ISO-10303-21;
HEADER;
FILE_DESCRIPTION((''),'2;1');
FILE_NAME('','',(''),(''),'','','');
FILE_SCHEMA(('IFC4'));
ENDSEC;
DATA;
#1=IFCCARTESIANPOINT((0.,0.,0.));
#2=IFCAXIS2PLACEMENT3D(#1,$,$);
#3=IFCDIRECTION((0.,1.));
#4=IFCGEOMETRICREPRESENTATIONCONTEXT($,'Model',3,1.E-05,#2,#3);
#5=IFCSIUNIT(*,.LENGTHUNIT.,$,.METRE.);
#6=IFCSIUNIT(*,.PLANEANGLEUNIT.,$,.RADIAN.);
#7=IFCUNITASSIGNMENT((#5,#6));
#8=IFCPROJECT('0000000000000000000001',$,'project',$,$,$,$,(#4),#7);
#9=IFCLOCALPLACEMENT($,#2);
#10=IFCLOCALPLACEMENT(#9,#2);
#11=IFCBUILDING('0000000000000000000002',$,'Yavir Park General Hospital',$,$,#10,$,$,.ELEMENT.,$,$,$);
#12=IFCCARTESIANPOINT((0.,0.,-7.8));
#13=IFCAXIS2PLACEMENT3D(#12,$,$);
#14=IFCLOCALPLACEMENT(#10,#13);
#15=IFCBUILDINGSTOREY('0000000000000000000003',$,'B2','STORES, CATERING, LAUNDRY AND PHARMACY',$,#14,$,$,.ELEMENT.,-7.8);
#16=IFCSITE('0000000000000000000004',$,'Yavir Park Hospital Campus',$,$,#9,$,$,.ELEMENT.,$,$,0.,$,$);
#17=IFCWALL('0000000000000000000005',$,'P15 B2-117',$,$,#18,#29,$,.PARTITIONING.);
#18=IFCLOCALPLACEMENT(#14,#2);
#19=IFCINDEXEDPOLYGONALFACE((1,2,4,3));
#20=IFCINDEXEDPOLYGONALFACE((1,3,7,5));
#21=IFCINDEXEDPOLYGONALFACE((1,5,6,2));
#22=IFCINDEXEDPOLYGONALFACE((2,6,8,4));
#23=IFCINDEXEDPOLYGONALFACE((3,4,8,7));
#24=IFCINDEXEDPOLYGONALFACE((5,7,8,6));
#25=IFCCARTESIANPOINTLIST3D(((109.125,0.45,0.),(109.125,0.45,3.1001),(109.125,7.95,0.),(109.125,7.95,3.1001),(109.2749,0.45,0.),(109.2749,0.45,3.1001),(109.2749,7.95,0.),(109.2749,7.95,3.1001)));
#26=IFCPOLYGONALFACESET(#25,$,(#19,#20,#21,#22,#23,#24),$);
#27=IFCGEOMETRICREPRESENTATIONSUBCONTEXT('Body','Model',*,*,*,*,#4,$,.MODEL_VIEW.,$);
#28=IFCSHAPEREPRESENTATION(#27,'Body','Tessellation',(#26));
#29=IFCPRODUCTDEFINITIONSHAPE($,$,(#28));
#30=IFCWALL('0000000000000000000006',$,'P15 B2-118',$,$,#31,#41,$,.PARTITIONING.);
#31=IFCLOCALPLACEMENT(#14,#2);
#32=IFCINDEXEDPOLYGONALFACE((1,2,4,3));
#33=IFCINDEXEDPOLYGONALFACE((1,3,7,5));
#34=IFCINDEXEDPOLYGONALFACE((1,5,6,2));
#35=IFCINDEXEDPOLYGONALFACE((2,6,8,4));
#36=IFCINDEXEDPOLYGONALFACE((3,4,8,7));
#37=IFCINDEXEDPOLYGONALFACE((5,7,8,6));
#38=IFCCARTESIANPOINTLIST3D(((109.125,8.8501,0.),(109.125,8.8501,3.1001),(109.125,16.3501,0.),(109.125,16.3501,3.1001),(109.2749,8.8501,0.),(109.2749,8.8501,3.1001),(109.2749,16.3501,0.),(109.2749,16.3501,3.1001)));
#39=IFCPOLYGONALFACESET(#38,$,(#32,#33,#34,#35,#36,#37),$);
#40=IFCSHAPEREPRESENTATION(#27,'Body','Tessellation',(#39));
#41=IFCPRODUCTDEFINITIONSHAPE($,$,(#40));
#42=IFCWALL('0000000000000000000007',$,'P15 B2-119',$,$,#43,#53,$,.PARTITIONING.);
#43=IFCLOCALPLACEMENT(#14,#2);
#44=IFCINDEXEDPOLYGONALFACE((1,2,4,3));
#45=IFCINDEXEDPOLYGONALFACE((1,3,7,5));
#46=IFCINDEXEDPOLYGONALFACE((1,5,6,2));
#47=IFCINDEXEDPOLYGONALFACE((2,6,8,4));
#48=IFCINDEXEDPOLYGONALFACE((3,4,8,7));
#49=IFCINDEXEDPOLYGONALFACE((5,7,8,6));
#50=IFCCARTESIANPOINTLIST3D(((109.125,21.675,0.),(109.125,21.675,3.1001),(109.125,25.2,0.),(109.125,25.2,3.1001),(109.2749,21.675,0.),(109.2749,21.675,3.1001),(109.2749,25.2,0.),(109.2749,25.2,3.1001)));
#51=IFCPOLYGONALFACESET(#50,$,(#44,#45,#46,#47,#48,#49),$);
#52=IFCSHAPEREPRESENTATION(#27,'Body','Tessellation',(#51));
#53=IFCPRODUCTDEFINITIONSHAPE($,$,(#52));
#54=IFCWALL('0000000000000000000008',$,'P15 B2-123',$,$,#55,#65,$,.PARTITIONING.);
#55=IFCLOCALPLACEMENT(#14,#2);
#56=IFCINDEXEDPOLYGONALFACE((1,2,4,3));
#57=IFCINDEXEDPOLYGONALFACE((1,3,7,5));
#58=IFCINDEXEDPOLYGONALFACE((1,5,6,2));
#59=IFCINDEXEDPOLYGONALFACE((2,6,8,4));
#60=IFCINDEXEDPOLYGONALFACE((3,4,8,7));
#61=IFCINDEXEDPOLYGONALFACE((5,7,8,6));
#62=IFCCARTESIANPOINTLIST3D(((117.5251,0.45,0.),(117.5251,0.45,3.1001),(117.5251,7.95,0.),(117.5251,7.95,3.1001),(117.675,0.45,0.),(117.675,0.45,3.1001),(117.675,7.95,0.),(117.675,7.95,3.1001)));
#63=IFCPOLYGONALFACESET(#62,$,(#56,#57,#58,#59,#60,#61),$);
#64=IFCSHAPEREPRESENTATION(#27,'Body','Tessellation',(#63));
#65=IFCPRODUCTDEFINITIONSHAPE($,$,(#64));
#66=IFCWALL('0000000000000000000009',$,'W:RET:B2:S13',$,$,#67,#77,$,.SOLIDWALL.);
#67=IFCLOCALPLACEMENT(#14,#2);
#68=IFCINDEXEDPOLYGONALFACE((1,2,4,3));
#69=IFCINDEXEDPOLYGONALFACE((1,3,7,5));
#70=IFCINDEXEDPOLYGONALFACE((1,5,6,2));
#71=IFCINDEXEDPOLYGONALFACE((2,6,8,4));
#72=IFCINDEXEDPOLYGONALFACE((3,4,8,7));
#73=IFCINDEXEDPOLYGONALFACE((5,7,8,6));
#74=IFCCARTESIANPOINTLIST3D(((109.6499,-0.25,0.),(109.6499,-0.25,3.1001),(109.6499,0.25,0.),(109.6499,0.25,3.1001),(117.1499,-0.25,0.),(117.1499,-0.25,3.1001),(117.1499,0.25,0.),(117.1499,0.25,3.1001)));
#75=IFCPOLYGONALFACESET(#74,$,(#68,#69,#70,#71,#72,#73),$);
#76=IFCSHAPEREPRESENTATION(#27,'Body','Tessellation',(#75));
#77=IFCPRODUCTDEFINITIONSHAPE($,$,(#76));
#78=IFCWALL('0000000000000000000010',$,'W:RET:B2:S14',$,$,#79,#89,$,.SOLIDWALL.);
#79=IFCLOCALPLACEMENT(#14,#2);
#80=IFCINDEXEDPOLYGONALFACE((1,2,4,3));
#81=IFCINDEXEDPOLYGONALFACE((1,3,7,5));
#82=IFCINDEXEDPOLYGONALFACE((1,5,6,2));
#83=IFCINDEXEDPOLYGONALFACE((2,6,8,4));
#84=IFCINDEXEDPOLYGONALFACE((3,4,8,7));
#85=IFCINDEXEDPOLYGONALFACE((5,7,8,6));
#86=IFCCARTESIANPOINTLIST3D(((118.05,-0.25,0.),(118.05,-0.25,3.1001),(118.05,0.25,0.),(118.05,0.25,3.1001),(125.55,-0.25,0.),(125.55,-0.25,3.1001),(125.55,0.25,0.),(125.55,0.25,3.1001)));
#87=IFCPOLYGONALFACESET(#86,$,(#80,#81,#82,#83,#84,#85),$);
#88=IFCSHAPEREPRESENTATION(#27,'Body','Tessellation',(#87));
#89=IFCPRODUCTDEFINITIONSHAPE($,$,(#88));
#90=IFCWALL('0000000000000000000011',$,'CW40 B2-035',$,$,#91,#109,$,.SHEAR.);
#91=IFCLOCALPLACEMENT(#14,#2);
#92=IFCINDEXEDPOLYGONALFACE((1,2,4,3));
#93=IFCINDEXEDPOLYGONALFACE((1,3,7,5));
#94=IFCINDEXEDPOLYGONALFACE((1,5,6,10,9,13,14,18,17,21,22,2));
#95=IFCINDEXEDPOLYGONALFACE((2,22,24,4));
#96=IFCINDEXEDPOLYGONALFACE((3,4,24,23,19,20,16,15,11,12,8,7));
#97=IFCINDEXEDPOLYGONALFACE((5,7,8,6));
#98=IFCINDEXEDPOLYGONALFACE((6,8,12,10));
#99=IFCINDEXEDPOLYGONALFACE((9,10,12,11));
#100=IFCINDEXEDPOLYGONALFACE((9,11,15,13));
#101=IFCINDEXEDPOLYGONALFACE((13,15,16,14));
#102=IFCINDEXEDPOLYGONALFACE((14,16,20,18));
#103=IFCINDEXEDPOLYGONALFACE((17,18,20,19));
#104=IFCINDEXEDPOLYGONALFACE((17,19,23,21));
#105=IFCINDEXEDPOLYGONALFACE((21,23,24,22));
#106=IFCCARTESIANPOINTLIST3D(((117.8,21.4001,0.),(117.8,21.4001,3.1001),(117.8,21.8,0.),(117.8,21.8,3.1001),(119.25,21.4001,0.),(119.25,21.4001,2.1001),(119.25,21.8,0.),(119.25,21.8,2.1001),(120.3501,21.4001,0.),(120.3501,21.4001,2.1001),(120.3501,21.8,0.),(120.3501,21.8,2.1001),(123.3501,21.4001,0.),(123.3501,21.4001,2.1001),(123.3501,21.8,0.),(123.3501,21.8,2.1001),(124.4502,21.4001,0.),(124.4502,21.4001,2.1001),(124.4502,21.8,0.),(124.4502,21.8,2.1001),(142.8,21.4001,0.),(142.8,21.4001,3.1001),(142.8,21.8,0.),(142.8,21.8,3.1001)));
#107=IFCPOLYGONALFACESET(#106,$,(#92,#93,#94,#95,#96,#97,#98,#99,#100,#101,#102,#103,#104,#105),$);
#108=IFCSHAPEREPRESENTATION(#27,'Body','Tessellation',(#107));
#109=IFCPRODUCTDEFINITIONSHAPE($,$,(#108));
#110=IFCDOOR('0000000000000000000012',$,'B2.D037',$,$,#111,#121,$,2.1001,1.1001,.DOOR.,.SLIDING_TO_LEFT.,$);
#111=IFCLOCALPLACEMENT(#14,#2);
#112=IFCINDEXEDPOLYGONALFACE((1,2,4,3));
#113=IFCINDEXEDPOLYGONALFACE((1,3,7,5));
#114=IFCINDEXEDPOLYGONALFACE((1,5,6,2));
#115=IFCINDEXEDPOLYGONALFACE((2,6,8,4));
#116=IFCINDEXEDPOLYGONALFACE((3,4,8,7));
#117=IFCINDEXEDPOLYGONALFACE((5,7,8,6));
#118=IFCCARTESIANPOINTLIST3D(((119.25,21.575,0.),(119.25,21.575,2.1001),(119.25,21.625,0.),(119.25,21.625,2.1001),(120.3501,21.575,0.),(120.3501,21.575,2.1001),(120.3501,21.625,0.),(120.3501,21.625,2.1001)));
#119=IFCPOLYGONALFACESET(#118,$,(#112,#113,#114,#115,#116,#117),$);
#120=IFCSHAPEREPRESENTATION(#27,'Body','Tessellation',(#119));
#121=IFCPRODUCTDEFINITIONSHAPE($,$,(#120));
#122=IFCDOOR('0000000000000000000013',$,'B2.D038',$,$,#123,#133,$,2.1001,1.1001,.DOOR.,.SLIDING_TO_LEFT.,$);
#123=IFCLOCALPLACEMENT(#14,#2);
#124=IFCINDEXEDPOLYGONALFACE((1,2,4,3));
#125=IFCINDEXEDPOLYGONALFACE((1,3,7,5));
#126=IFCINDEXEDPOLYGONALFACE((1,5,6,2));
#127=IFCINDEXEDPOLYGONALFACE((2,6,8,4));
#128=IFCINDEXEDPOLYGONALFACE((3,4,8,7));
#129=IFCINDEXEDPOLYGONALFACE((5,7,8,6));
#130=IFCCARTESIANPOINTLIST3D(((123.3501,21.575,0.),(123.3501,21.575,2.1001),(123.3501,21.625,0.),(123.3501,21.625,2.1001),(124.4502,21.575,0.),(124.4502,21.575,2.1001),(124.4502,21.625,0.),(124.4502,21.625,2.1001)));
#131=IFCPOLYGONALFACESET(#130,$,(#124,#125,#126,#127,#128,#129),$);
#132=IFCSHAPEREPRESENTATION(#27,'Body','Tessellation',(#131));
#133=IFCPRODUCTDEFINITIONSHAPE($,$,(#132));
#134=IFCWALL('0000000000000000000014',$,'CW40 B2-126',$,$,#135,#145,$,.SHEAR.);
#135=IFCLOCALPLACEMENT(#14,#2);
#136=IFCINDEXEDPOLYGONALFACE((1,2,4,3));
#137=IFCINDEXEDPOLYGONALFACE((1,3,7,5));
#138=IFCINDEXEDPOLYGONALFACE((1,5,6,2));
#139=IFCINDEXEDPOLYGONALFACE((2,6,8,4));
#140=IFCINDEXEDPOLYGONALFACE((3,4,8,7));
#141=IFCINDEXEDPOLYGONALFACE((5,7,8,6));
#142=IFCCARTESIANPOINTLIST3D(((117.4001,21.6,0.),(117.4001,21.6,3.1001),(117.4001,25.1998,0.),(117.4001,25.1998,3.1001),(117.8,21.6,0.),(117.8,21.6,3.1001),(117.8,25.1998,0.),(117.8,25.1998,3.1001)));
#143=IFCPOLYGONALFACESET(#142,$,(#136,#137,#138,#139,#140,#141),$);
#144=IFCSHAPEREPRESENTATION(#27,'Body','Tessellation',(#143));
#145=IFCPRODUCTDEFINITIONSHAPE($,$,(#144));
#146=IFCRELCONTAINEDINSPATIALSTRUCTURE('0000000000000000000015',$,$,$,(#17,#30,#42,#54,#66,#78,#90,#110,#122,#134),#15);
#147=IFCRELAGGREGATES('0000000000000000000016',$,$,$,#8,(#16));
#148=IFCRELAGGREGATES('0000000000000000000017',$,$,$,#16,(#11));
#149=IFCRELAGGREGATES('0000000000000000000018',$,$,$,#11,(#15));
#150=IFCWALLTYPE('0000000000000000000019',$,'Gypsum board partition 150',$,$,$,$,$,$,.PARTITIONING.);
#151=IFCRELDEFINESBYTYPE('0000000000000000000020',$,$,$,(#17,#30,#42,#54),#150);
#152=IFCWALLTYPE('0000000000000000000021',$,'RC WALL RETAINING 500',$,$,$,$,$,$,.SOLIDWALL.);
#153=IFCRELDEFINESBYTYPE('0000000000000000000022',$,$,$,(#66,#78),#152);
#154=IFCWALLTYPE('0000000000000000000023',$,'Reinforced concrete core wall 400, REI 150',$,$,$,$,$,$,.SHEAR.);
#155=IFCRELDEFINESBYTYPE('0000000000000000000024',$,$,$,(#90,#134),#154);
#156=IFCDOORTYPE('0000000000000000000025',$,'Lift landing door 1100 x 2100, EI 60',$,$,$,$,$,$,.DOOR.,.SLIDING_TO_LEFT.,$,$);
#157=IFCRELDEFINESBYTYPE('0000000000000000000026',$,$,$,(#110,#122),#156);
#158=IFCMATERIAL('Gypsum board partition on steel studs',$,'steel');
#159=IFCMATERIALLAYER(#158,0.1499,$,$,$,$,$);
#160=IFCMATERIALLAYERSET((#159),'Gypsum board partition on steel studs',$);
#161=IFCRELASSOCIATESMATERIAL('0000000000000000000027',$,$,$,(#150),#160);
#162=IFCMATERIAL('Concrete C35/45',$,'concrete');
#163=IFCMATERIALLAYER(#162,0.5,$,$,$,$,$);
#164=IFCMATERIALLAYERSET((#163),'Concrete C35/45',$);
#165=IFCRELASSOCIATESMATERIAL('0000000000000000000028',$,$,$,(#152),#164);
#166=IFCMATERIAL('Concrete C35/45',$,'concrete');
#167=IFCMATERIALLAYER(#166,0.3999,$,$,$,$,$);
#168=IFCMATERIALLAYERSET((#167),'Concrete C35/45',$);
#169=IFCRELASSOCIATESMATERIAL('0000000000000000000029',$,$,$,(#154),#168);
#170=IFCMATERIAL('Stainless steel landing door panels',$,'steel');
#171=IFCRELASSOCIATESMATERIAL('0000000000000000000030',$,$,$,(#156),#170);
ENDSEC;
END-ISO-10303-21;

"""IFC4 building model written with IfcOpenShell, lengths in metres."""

from ifc_helpers import new_model, si_unit, direction, frame, frame_2d, origin, place, context, subcontext, project, spatial, rectangle, extrude, material, layer, layer_set, type_object, element, fill, save


model = new_model("IFC4")

# Units and contexts
model_context = context("Model", 3, precision=1e-05, world=origin(), true_north=direction((0.0, 1.0)))
body_context = subcontext(model_context, "Body", "Model", "MODEL_VIEW")
ifc_project = project(units=[si_unit("LENGTHUNIT", "METRE"), si_unit("PLANEANGLEUNIT", "RADIAN")], contexts=[model_context])

# Site, building, storey
site_placement = place(None, origin())
site = spatial("IfcSite", under=ifc_project, at=site_placement, Name="Yavir Park Hospital Campus", CompositionType="ELEMENT", RefElevation=0.0)
building_placement = place(site_placement, origin())
building = spatial("IfcBuilding", under=site, at=building_placement, Name="Yavir Park General Hospital", CompositionType="ELEMENT")
storey_placement = place(building_placement, frame((0.0, 0.0, -7.8)))
storey = spatial("IfcBuildingStorey", under=building, at=storey_placement, Name="B2", Description="STORES, CATERING, LAUNDRY AND PHARMACY", CompositionType="ELEMENT", Elevation=-7.8)

# Shared definitions
ifc_material_1 = material(Name="Gypsum board partition on steel studs", Category="steel")
ifc_layer_1 = layer(ifc_material_1, 0.1499)
ifc_layer_set_1 = layer_set([ifc_layer_1], Name="Gypsum board partition on steel studs")
wall_type_1 = type_object("IfcWallType", Name="Gypsum board partition 150", PredefinedType="PARTITIONING", material=ifc_layer_set_1)

# Walls
for number, where, z_axis, x_axis, name in (
    (1, (109.2, 0.45, 0.0), (0.0, 0.0, 1.0), (0.0, 1.0, 0.0), "P15 B2-117"),
    (2, (109.2, 8.8501, 0.0), (0.0, 0.0, 1.0), (0.0, 1.0, 0.0), "P15 B2-118"),
):
    element("IfcWall", number, at=place(storey_placement, frame(where, z_axis=z_axis, x_axis=x_axis)), inside=storey, type_object=wall_type_1, Name=name, PredefinedType="PARTITIONING", context=body_context, shape_type="SweptSolid", body=[
        extrude(rectangle(XDim=7.5, YDim=0.1499, at=frame_2d((3.75, 0.0))), origin(), (0.0, 0.0, 1.0), 3.1001),
    ])
wall_1_placement = place(storey_placement, frame((109.2, 21.675, 0.0), z_axis=(0.0, 0.0, 1.0), x_axis=(0.0, 1.0, 0.0)))
element("IfcWall", 3, at=wall_1_placement, inside=storey, type_object=wall_type_1, Name="P15 B2-119", PredefinedType="PARTITIONING", context=body_context, shape_type="SweptSolid", body=[
    extrude(rectangle(XDim=3.5249, YDim=0.1499, at=frame_2d((1.7625, 0.0))), origin(), (0.0, 0.0, 1.0), 3.1001),
])
wall_2_placement = place(storey_placement, frame((117.6001, 0.45, 0.0), z_axis=(0.0, 0.0, 1.0), x_axis=(0.0, 1.0, 0.0)))
element("IfcWall", 4, at=wall_2_placement, inside=storey, type_object=wall_type_1, Name="P15 B2-123", PredefinedType="PARTITIONING", context=body_context, shape_type="SweptSolid", body=[
    extrude(rectangle(XDim=7.5, YDim=0.1499, at=frame_2d((3.75, 0.0))), origin(), (0.0, 0.0, 1.0), 3.1001),
])
ifc_material_2 = material(Name="Concrete C35/45", Category="concrete")
ifc_layer_2 = layer(ifc_material_2, 0.5)
ifc_layer_set_2 = layer_set([ifc_layer_2], Name="Concrete C35/45")
wall_type_2 = type_object("IfcWallType", Name="RC WALL RETAINING 500", PredefinedType="SOLIDWALL", material=ifc_layer_set_2)
for number, where, z_axis, x_axis, name in (
    (5, (109.6499, 0.0, 0.0), (0.0, 0.0, 1.0), (1.0, 0.0, 0.0), "W:RET:B2:S13"),
    (6, (118.05, 0.0, 0.0), (0.0, 0.0, 1.0), (1.0, 0.0, 0.0), "W:RET:B2:S14"),
):
    element("IfcWall", number, at=place(storey_placement, frame(where, z_axis=z_axis, x_axis=x_axis)), inside=storey, type_object=wall_type_2, Name=name, PredefinedType="SOLIDWALL", context=body_context, shape_type="SweptSolid", body=[
        extrude(rectangle(XDim=7.5, YDim=0.5, at=frame_2d((3.75, 0.0))), origin(), (0.0, 0.0, 1.0), 3.1001),
    ])

# Wall, openings, doors
ifc_material_3 = material(Name="Concrete C35/45", Category="concrete")
ifc_layer_3 = layer(ifc_material_3, 0.3999)
ifc_layer_set_3 = layer_set([ifc_layer_3], Name="Concrete C35/45")
wall_type_3 = type_object("IfcWallType", Name="Reinforced concrete core wall 400, REI 150", PredefinedType="SHEAR", material=ifc_layer_set_3)
wall_3_placement = place(storey_placement, frame((117.8, 21.6001, 0.0), z_axis=(0.0, 0.0, 1.0), x_axis=(1.0, 0.0, 0.0)))
wall_3 = element("IfcWall", 7, at=wall_3_placement, inside=storey, type_object=wall_type_3, Name="CW40 B2-035", PredefinedType="SHEAR", context=body_context, shape_type="SweptSolid", body=[
    extrude(rectangle(XDim=25.0, YDim=0.3999, at=frame_2d((12.5, 0.0))), origin(), (0.0, 0.0, 1.0), 3.1001),
])
opening_1_placement = place(wall_3_placement, frame((1.45, 0.0, 0.0)))
opening_1 = element("IfcOpeningElement", 8, at=opening_1_placement, cuts=wall_3, PredefinedType="OPENING", context=body_context, shape_type="SweptSolid", body=[
    extrude(rectangle(XDim=1.1001, YDim=2.1001, at=frame_2d((0.55, 1.05))), frame((0.0, 0.21, 0.0), z_axis=(0.0, -1.0, 0.0), x_axis=(1.0, 0.0, 0.0)), (0.0, 0.0, 1.0), 0.4199),
])
opening_2_placement = place(wall_3_placement, frame((5.55, 0.0, 0.0)))
opening_2 = element("IfcOpeningElement", 9, at=opening_2_placement, cuts=wall_3, PredefinedType="OPENING", context=body_context, shape_type="SweptSolid", body=[
    extrude(rectangle(XDim=1.1001, YDim=2.1001, at=frame_2d((0.55, 1.05))), frame((0.0, 0.21, 0.0), z_axis=(0.0, -1.0, 0.0), x_axis=(1.0, 0.0, 0.0)), (0.0, 0.0, 1.0), 0.4199),
])
ifc_material_4 = material(Name="Stainless steel landing door panels", Category="steel")
door_type_1 = type_object("IfcDoorType", Name="Lift landing door 1100 x 2100, EI 60", OperationType="SLIDING_TO_LEFT", PredefinedType="DOOR", material=ifc_material_4)
door_1_placement = place(opening_1_placement, origin())
door_1 = element("IfcDoor", 10, at=door_1_placement, inside=storey, type_object=door_type_1, Name="B2.D037", OperationType="SLIDING_TO_LEFT", OverallHeight=2.1001, OverallWidth=1.1001, PredefinedType="DOOR", context=body_context, shape_type="SweptSolid", body=[
    extrude(rectangle(XDim=1.1001, YDim=2.1001, at=frame_2d((0.55, 1.05))), frame((0.0, 0.0249, 0.0), z_axis=(0.0, -1.0, 0.0), x_axis=(1.0, 0.0, 0.0)), (0.0, 0.0, 1.0), 0.05),
])
fill(opening_1, door_1)
door_2_placement = place(opening_2_placement, origin())
door_2 = element("IfcDoor", 11, at=door_2_placement, inside=storey, type_object=door_type_1, Name="B2.D038", OperationType="SLIDING_TO_LEFT", OverallHeight=2.1001, OverallWidth=1.1001, PredefinedType="DOOR", context=body_context, shape_type="SweptSolid", body=[
    extrude(rectangle(XDim=1.1001, YDim=2.1001, at=frame_2d((0.55, 1.05))), frame((0.0, 0.0249, 0.0), z_axis=(0.0, -1.0, 0.0), x_axis=(1.0, 0.0, 0.0)), (0.0, 0.0, 1.0), 0.05),
])
fill(opening_2, door_2)

# Wall
wall_4_placement = place(storey_placement, frame((117.6001, 21.6001, 0.0), z_axis=(0.0, 0.0, 1.0), x_axis=(0.0, 1.0, 0.0)))
element("IfcWall", 12, at=wall_4_placement, inside=storey, type_object=wall_type_3, Name="CW40 B2-126", PredefinedType="SHEAR", context=body_context, shape_type="SweptSolid", body=[
    extrude(rectangle(XDim=3.5999, YDim=0.3999, at=frame_2d((1.7998, 0.0))), origin(), (0.0, 0.0, 1.0), 3.1001),
])

save(model, "model.ifc")
